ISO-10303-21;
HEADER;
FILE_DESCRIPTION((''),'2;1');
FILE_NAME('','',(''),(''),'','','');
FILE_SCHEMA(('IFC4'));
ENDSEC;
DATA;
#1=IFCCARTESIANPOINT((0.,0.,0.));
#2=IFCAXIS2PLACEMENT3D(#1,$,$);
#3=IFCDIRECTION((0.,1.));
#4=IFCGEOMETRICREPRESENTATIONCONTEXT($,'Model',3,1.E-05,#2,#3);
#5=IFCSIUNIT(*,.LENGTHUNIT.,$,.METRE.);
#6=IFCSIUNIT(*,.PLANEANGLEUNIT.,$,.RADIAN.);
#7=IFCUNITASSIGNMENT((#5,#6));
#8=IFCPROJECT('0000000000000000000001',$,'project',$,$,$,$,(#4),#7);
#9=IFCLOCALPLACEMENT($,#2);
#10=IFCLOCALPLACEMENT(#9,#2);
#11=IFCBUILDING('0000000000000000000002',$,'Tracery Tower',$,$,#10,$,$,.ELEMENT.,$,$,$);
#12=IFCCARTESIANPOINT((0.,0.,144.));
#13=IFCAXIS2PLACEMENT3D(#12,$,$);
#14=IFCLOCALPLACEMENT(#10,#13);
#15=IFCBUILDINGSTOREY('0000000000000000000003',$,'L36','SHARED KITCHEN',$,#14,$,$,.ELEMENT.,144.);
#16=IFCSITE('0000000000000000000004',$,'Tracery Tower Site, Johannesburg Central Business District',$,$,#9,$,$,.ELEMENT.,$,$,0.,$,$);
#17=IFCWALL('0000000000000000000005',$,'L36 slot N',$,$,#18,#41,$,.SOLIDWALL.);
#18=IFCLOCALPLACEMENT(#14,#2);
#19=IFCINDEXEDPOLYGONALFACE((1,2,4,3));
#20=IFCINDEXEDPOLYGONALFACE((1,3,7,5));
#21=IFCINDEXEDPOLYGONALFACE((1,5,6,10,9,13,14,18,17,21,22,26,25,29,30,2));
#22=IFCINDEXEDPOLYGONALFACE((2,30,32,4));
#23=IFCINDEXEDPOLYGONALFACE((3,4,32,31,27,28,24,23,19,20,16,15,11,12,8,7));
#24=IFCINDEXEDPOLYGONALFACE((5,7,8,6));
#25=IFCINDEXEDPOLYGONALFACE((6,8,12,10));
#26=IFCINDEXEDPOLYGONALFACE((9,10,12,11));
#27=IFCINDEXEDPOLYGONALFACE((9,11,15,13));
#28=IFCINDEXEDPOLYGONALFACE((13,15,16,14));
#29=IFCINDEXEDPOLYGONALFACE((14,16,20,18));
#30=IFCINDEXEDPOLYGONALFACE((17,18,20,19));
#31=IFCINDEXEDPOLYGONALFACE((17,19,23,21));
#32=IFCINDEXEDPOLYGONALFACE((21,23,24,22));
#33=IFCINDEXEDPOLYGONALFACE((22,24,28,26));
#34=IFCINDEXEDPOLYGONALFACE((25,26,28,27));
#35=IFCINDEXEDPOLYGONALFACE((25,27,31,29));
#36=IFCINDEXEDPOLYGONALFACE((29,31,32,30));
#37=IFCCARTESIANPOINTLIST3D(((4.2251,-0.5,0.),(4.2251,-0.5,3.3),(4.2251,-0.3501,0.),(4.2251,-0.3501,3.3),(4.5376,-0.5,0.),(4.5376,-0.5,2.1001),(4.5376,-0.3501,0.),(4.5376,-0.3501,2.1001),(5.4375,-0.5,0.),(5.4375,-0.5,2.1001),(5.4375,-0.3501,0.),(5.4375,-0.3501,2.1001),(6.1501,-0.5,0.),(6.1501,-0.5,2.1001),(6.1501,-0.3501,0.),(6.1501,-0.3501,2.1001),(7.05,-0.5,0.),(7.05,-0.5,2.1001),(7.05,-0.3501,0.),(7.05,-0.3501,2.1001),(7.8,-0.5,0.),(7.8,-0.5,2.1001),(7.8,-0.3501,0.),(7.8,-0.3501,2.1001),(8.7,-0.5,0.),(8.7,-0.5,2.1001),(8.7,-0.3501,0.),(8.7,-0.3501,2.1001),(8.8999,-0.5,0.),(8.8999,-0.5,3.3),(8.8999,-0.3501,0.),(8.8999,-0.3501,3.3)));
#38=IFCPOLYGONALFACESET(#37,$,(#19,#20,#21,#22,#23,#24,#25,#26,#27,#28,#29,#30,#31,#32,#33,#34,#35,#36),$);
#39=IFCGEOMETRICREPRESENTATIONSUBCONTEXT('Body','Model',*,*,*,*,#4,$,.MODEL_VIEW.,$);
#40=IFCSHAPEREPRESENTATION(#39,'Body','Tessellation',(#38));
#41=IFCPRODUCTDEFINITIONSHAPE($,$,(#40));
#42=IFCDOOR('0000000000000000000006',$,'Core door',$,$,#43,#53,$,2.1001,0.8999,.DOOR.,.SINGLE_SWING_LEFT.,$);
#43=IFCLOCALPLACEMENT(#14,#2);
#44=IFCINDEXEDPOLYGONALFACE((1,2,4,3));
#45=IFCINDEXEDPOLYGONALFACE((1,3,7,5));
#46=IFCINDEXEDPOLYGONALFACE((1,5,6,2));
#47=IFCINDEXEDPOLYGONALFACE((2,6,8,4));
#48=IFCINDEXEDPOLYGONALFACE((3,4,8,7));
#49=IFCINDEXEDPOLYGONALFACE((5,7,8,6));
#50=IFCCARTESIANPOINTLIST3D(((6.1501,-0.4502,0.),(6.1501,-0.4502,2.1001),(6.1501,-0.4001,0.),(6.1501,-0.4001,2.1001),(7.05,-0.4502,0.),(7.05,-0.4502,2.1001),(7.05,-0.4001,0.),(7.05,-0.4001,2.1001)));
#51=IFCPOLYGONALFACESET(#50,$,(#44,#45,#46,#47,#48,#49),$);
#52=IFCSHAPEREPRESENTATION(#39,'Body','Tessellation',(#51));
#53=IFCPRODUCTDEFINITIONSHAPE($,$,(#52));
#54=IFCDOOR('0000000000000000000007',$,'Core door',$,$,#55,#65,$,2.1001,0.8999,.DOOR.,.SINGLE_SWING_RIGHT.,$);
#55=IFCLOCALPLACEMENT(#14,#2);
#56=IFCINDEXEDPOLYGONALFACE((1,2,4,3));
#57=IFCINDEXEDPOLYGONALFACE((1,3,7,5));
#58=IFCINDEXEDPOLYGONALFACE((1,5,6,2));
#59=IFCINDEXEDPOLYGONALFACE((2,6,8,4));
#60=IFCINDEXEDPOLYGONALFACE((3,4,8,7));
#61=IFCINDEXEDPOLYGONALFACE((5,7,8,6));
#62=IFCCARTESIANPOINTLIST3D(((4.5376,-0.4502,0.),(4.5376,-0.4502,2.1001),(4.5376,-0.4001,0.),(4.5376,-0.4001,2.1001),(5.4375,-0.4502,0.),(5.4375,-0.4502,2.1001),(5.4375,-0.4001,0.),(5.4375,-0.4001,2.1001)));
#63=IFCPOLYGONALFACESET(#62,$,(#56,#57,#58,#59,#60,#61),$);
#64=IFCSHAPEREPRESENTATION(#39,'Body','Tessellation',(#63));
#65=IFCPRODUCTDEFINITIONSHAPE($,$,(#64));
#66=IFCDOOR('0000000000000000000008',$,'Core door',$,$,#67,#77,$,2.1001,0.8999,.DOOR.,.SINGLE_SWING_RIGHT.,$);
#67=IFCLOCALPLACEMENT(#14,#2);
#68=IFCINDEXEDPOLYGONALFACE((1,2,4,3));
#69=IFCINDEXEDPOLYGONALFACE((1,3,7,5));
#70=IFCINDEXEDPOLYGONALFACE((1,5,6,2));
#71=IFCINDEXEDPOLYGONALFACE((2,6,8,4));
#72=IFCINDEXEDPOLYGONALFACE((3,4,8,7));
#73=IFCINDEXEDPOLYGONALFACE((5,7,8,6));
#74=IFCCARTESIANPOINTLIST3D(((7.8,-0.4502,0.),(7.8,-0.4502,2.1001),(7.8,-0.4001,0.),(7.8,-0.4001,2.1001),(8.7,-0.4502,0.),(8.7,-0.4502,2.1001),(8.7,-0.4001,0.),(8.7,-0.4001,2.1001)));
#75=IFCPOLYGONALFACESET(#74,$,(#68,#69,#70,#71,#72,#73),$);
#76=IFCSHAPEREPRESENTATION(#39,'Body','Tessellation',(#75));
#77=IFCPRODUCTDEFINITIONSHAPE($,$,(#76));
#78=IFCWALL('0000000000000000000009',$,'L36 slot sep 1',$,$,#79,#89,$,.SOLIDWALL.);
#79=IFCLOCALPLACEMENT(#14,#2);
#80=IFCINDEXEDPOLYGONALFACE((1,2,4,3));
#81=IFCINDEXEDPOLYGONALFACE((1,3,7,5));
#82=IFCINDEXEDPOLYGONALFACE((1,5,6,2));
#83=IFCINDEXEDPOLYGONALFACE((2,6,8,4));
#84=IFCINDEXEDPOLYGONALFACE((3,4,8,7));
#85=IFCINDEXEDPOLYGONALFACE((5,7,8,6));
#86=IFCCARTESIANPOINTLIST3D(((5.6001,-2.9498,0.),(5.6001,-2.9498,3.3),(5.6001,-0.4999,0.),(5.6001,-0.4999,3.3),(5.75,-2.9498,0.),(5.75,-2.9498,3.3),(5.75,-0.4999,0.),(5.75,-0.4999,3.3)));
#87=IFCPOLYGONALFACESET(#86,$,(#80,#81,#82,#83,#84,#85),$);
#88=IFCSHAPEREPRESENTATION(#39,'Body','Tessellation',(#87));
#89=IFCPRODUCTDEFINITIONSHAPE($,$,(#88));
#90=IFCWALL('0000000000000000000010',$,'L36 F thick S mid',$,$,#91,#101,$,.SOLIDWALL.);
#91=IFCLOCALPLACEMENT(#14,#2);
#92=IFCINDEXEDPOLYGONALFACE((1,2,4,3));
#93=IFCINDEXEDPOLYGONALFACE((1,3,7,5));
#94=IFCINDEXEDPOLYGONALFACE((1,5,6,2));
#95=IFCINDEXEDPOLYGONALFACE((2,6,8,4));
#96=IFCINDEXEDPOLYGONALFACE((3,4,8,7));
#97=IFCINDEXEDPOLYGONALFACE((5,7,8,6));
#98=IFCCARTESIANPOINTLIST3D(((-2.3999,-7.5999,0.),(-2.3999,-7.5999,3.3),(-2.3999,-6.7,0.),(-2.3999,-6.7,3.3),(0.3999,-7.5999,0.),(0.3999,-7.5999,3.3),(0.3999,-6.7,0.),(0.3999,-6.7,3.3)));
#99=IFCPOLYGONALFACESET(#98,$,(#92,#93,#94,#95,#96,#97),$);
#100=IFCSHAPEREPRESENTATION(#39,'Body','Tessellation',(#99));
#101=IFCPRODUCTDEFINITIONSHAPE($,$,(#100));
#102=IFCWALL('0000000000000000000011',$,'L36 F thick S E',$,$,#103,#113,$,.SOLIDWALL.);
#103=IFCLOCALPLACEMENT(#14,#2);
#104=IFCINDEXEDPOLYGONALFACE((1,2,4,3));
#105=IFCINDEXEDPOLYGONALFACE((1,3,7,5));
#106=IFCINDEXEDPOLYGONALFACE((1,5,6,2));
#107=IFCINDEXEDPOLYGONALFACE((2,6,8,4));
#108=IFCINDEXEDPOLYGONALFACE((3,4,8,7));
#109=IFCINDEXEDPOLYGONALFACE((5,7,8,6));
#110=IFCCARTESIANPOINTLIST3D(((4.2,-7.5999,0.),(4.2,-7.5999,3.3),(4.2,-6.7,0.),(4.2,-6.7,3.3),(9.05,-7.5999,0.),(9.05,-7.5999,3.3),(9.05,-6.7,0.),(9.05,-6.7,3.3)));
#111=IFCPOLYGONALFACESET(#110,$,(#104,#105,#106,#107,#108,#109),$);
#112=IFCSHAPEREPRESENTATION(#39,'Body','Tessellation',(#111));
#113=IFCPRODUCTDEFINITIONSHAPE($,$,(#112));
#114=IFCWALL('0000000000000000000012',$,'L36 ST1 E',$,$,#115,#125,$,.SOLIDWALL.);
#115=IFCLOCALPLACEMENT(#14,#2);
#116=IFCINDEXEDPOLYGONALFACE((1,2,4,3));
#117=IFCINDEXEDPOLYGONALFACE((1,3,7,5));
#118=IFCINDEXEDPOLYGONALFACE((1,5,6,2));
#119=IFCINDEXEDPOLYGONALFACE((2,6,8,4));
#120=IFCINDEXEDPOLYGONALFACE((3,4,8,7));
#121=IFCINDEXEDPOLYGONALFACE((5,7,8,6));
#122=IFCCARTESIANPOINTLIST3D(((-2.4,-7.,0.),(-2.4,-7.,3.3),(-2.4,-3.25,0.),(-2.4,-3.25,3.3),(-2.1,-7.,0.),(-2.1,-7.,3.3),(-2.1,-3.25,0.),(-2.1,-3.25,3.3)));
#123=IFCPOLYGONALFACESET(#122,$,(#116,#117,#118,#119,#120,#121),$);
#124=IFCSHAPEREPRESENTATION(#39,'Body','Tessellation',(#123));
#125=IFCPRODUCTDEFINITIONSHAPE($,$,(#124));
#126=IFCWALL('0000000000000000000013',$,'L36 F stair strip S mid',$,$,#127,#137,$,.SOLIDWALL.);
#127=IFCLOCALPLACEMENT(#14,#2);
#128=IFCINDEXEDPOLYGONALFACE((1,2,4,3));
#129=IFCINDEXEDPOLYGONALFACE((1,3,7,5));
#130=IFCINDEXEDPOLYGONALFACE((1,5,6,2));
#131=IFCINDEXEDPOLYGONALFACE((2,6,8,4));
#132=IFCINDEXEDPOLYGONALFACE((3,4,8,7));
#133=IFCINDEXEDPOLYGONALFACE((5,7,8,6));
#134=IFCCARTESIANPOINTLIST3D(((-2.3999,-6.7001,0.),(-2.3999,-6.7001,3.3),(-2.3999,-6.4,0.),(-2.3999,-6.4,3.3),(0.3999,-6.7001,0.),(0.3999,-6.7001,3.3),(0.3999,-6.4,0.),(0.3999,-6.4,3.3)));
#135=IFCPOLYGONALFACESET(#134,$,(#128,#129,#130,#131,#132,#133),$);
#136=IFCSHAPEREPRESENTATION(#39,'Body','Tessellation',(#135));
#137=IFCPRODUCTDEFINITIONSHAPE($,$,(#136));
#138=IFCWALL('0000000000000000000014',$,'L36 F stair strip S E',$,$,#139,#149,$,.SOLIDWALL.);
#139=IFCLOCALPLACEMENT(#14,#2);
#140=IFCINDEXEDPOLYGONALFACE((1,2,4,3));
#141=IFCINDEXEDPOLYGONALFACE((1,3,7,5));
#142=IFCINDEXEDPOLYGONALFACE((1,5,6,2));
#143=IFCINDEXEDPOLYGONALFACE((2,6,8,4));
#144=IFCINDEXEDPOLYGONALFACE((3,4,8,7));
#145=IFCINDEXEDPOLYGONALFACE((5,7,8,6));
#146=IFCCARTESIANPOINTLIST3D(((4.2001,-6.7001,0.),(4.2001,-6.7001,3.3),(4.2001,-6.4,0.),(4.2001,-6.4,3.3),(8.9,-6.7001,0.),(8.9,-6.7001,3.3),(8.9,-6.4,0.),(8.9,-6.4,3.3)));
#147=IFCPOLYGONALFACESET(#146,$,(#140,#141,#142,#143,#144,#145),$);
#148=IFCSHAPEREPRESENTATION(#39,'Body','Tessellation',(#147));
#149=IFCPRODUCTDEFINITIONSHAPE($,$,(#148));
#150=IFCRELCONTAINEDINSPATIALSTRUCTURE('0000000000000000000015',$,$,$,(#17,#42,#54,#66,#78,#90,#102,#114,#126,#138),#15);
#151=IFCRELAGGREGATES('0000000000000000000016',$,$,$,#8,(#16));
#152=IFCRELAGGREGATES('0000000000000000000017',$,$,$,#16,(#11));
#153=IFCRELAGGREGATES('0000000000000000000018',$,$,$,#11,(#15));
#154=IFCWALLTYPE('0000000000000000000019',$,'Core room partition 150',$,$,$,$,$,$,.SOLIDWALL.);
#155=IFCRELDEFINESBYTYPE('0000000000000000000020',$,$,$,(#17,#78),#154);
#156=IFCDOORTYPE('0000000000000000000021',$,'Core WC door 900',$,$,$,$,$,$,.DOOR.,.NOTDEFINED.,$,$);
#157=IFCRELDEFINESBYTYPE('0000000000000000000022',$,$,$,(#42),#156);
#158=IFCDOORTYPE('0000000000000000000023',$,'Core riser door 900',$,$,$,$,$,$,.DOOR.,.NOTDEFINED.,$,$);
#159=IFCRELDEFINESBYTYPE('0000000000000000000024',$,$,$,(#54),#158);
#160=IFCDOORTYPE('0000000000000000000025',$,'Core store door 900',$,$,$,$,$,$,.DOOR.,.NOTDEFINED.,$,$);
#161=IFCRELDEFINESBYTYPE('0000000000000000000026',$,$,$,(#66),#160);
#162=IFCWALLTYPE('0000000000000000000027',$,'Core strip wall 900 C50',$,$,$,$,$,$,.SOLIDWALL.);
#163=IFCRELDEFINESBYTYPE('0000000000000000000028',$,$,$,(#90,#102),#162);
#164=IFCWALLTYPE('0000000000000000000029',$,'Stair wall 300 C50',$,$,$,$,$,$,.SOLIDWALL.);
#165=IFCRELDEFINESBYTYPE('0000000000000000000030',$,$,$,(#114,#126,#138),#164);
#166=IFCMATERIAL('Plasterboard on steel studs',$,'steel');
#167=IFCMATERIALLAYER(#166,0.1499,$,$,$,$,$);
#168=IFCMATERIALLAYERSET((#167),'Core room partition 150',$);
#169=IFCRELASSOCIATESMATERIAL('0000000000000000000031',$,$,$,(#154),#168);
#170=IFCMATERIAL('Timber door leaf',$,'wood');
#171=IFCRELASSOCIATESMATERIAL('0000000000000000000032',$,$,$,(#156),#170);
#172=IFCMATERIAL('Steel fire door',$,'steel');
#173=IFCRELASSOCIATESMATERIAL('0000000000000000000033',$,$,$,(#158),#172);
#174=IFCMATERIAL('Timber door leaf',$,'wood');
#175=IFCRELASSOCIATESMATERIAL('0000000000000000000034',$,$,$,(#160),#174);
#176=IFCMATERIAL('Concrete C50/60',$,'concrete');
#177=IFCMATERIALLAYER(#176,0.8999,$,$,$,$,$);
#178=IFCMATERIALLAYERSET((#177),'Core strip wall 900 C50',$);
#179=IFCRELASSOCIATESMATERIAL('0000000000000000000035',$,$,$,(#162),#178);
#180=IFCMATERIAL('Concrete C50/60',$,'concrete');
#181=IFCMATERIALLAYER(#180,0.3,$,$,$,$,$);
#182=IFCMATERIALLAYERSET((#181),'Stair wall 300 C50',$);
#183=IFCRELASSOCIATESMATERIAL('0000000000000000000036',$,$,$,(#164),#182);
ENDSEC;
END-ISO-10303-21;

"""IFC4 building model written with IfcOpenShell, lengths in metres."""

from ifc_helpers import new_model, si_unit, direction, frame, frame_2d, origin, place, context, subcontext, project, spatial, rectangle, extrude, material, layer, layer_set, type_object, element, fill, save


model = new_model("IFC4")

# Units and contexts
model_context = context("Model", 3, precision=1e-05, world=origin(), true_north=direction((0.0, 1.0)))
body_context = subcontext(model_context, "Body", "Model", "MODEL_VIEW")
ifc_project = project(units=[si_unit("LENGTHUNIT", "METRE"), si_unit("PLANEANGLEUNIT", "RADIAN")], contexts=[model_context])

# Site, building, storey
site_placement = place(None, origin())
site = spatial("IfcSite", under=ifc_project, at=site_placement, Name="Tracery Tower Site, Johannesburg Central Business District", CompositionType="ELEMENT", RefElevation=0.0)
building_placement = place(site_placement, origin())
building = spatial("IfcBuilding", under=site, at=building_placement, Name="Tracery Tower", CompositionType="ELEMENT")
storey_placement = place(building_placement, frame((0.0, 0.0, 144.0)))
storey = spatial("IfcBuildingStorey", under=building, at=storey_placement, Name="L36", Description="SHARED KITCHEN", CompositionType="ELEMENT", Elevation=144.0)

# Shared definitions
ifc_material_1 = material(Name="Plasterboard on steel studs", Category="steel")
ifc_layer_1 = layer(ifc_material_1, 0.1499)
ifc_layer_set_1 = layer_set([ifc_layer_1], Name="Core room partition 150")
wall_type_1 = type_object("IfcWallType", Name="Core room partition 150", PredefinedType="SOLIDWALL", material=ifc_layer_set_1)

# Wall, openings, doors
wall_1_placement = place(storey_placement, frame((4.2251, -0.425, 0.0), z_axis=(0.0, 0.0, 1.0), x_axis=(1.0, 0.0, 0.0)))
wall_1 = element("IfcWall", 1, at=wall_1_placement, inside=storey, type_object=wall_type_1, Name="L36 slot N", PredefinedType="SOLIDWALL", context=body_context, shape_type="SweptSolid", body=[
    extrude(rectangle(XDim=4.6748, YDim=0.1499, at=frame_2d((2.3374, 0.0))), origin(), (0.0, 0.0, 1.0), 3.3),
])
opening_1_placement = place(wall_1_placement, frame((0.3125, 0.0, 0.0)))
opening_1 = element("IfcOpeningElement", 2, at=opening_1_placement, cuts=wall_1, PredefinedType="OPENING", context=body_context, shape_type="SweptSolid", body=[
    extrude(rectangle(XDim=0.8999, YDim=2.1001, at=frame_2d((0.45, 1.05))), frame((0.0, 0.075, 0.0), z_axis=(0.0, -1.0, 0.0), x_axis=(1.0, 0.0, 0.0)), (0.0, 0.0, 1.0), 0.1499),
])
opening_2_placement = place(wall_1_placement, frame((1.925, 0.0, 0.0)))
opening_2 = element("IfcOpeningElement", 3, at=opening_2_placement, cuts=wall_1, PredefinedType="OPENING", context=body_context, shape_type="SweptSolid", body=[
    extrude(rectangle(XDim=0.8999, YDim=2.1001, at=frame_2d((0.45, 1.05))), frame((0.0, 0.075, 0.0), z_axis=(0.0, -1.0, 0.0), x_axis=(1.0, 0.0, 0.0)), (0.0, 0.0, 1.0), 0.1499),
])
opening_3_placement = place(wall_1_placement, frame((3.575, 0.0, 0.0)))
opening_3 = element("IfcOpeningElement", 4, at=opening_3_placement, cuts=wall_1, PredefinedType="OPENING", context=body_context, shape_type="SweptSolid", body=[
    extrude(rectangle(XDim=0.8999, YDim=2.1001, at=frame_2d((0.45, 1.05))), frame((0.0, 0.075, 0.0), z_axis=(0.0, -1.0, 0.0), x_axis=(1.0, 0.0, 0.0)), (0.0, 0.0, 1.0), 0.1499),
])
ifc_material_2 = material(Name="Timber door leaf", Category="wood")
door_type_1 = type_object("IfcDoorType", Name="Core WC door 900", OperationType="NOTDEFINED", PredefinedType="DOOR", material=ifc_material_2)
door_1_placement = place(opening_2_placement, origin())
door_1 = element("IfcDoor", 5, at=door_1_placement, inside=storey, type_object=door_type_1, Name="Core door", OperationType="SINGLE_SWING_LEFT", OverallHeight=2.1001, OverallWidth=0.8999, PredefinedType="DOOR", context=body_context, shape_type="SweptSolid", body=[
    extrude(rectangle(XDim=0.8999, YDim=2.1001, at=frame_2d((0.45, 1.05))), frame((0.0, 0.0249, 0.0), z_axis=(0.0, -1.0, 0.0), x_axis=(1.0, 0.0, 0.0)), (0.0, 0.0, 1.0), 0.05),
])
fill(opening_2, door_1)
ifc_material_3 = material(Name="Steel fire door", Category="steel")
door_type_2 = type_object("IfcDoorType", Name="Core riser door 900", OperationType="NOTDEFINED", PredefinedType="DOOR", material=ifc_material_3)
door_2_placement = place(opening_1_placement, origin())
door_2 = element("IfcDoor", 6, at=door_2_placement, inside=storey, type_object=door_type_2, Name="Core door", OperationType="SINGLE_SWING_RIGHT", OverallHeight=2.1001, OverallWidth=0.8999, PredefinedType="DOOR", context=body_context, shape_type="SweptSolid", body=[
    extrude(rectangle(XDim=0.8999, YDim=2.1001, at=frame_2d((0.45, 1.05))), frame((0.0, 0.0249, 0.0), z_axis=(0.0, -1.0, 0.0), x_axis=(1.0, 0.0, 0.0)), (0.0, 0.0, 1.0), 0.05),
])
fill(opening_1, door_2)
ifc_material_4 = material(Name="Timber door leaf", Category="wood")
door_type_3 = type_object("IfcDoorType", Name="Core store door 900", OperationType="NOTDEFINED", PredefinedType="DOOR", material=ifc_material_4)
door_3_placement = place(opening_3_placement, origin())
door_3 = element("IfcDoor", 7, at=door_3_placement, inside=storey, type_object=door_type_3, Name="Core door", OperationType="SINGLE_SWING_RIGHT", OverallHeight=2.1001, OverallWidth=0.8999, PredefinedType="DOOR", context=body_context, shape_type="SweptSolid", body=[
    extrude(rectangle(XDim=0.8999, YDim=2.1001, at=frame_2d((0.45, 1.05))), frame((0.0, 0.0249, 0.0), z_axis=(0.0, -1.0, 0.0), x_axis=(1.0, 0.0, 0.0)), (0.0, 0.0, 1.0), 0.05),
])
fill(opening_3, door_3)

# Walls
wall_2_placement = place(storey_placement, frame((5.675, -2.95, 0.0), z_axis=(0.0, 0.0, 1.0), x_axis=(0.0, 1.0, 0.0)))
element("IfcWall", 8, at=wall_2_placement, inside=storey, type_object=wall_type_1, Name="L36 slot sep 1", PredefinedType="SOLIDWALL", context=body_context, shape_type="SweptSolid", body=[
    extrude(rectangle(XDim=2.45, YDim=0.1499, at=frame_2d((1.2251, 0.0))), origin(), (0.0, 0.0, 1.0), 3.3),
])
ifc_material_5 = material(Name="Concrete C50/60", Category="concrete")
ifc_layer_2 = layer(ifc_material_5, 0.8999)
ifc_layer_set_2 = layer_set([ifc_layer_2], Name="Core strip wall 900 C50")
wall_type_2 = type_object("IfcWallType", Name="Core strip wall 900 C50", PredefinedType="SOLIDWALL", material=ifc_layer_set_2)
wall_3_placement = place(storey_placement, frame((-2.3999, -7.1499, 0.0), z_axis=(0.0, 0.0, 1.0), x_axis=(1.0, 0.0, 0.0)))
element("IfcWall", 9, at=wall_3_placement, inside=storey, type_object=wall_type_2, Name="L36 F thick S mid", PredefinedType="SOLIDWALL", context=body_context, shape_type="SweptSolid", body=[
    extrude(rectangle(XDim=2.7998, YDim=0.8999, at=frame_2d((1.3999, 0.0))), origin(), (0.0, 0.0, 1.0), 3.3),
])
wall_4_placement = place(storey_placement, frame((4.2, -7.1499, 0.0), z_axis=(0.0, 0.0, 1.0), x_axis=(1.0, 0.0, 0.0)))
element("IfcWall", 10, at=wall_4_placement, inside=storey, type_object=wall_type_2, Name="L36 F thick S E", PredefinedType="SOLIDWALL", context=body_context, shape_type="SweptSolid", body=[
    extrude(rectangle(XDim=4.8501, YDim=0.8999, at=frame_2d((2.425, 0.0))), origin(), (0.0, 0.0, 1.0), 3.3),
])

# Shared definitions
ifc_material_6 = material(Name="Concrete C50/60", Category="concrete")
ifc_layer_3 = layer(ifc_material_6, 0.3)
ifc_layer_set_3 = layer_set([ifc_layer_3], Name="Stair wall 300 C50")
wall_type_3 = type_object("IfcWallType", Name="Stair wall 300 C50", PredefinedType="SOLIDWALL", material=ifc_layer_set_3)

# Walls
wall_5_placement = place(storey_placement, frame((-2.25, -7.0, 0.0), z_axis=(0.0, 0.0, 1.0), x_axis=(0.0, 1.0, 0.0)))
element("IfcWall", 11, at=wall_5_placement, inside=storey, type_object=wall_type_3, Name="L36 ST1 E", PredefinedType="SOLIDWALL", context=body_context, shape_type="SweptSolid", body=[
    extrude(rectangle(XDim=3.75, YDim=0.3, at=frame_2d((1.875, 0.0))), origin(), (0.0, 0.0, 1.0), 3.3),
])
wall_6_placement = place(storey_placement, frame((-2.3999, -6.55, 0.0), z_axis=(0.0, 0.0, 1.0), x_axis=(1.0, 0.0, 0.0)))
element("IfcWall", 12, at=wall_6_placement, inside=storey, type_object=wall_type_3, Name="L36 F stair strip S mid", PredefinedType="SOLIDWALL", context=body_context, shape_type="SweptSolid", body=[
    extrude(rectangle(XDim=2.7998, YDim=0.3, at=frame_2d((1.3999, 0.0))), origin(), (0.0, 0.0, 1.0), 3.3),
])
wall_7_placement = place(storey_placement, frame((4.2, -6.55, 0.0), z_axis=(0.0, 0.0, 1.0), x_axis=(1.0, 0.0, 0.0)))
element("IfcWall", 13, at=wall_7_placement, inside=storey, type_object=wall_type_3, Name="L36 F stair strip S E", PredefinedType="SOLIDWALL", context=body_context, shape_type="SweptSolid", body=[
    extrude(rectangle(XDim=4.7, YDim=0.3, at=frame_2d((2.3501, 0.0))), origin(), (0.0, 0.0, 1.0), 3.3),
])

save(model, "model.ifc")
